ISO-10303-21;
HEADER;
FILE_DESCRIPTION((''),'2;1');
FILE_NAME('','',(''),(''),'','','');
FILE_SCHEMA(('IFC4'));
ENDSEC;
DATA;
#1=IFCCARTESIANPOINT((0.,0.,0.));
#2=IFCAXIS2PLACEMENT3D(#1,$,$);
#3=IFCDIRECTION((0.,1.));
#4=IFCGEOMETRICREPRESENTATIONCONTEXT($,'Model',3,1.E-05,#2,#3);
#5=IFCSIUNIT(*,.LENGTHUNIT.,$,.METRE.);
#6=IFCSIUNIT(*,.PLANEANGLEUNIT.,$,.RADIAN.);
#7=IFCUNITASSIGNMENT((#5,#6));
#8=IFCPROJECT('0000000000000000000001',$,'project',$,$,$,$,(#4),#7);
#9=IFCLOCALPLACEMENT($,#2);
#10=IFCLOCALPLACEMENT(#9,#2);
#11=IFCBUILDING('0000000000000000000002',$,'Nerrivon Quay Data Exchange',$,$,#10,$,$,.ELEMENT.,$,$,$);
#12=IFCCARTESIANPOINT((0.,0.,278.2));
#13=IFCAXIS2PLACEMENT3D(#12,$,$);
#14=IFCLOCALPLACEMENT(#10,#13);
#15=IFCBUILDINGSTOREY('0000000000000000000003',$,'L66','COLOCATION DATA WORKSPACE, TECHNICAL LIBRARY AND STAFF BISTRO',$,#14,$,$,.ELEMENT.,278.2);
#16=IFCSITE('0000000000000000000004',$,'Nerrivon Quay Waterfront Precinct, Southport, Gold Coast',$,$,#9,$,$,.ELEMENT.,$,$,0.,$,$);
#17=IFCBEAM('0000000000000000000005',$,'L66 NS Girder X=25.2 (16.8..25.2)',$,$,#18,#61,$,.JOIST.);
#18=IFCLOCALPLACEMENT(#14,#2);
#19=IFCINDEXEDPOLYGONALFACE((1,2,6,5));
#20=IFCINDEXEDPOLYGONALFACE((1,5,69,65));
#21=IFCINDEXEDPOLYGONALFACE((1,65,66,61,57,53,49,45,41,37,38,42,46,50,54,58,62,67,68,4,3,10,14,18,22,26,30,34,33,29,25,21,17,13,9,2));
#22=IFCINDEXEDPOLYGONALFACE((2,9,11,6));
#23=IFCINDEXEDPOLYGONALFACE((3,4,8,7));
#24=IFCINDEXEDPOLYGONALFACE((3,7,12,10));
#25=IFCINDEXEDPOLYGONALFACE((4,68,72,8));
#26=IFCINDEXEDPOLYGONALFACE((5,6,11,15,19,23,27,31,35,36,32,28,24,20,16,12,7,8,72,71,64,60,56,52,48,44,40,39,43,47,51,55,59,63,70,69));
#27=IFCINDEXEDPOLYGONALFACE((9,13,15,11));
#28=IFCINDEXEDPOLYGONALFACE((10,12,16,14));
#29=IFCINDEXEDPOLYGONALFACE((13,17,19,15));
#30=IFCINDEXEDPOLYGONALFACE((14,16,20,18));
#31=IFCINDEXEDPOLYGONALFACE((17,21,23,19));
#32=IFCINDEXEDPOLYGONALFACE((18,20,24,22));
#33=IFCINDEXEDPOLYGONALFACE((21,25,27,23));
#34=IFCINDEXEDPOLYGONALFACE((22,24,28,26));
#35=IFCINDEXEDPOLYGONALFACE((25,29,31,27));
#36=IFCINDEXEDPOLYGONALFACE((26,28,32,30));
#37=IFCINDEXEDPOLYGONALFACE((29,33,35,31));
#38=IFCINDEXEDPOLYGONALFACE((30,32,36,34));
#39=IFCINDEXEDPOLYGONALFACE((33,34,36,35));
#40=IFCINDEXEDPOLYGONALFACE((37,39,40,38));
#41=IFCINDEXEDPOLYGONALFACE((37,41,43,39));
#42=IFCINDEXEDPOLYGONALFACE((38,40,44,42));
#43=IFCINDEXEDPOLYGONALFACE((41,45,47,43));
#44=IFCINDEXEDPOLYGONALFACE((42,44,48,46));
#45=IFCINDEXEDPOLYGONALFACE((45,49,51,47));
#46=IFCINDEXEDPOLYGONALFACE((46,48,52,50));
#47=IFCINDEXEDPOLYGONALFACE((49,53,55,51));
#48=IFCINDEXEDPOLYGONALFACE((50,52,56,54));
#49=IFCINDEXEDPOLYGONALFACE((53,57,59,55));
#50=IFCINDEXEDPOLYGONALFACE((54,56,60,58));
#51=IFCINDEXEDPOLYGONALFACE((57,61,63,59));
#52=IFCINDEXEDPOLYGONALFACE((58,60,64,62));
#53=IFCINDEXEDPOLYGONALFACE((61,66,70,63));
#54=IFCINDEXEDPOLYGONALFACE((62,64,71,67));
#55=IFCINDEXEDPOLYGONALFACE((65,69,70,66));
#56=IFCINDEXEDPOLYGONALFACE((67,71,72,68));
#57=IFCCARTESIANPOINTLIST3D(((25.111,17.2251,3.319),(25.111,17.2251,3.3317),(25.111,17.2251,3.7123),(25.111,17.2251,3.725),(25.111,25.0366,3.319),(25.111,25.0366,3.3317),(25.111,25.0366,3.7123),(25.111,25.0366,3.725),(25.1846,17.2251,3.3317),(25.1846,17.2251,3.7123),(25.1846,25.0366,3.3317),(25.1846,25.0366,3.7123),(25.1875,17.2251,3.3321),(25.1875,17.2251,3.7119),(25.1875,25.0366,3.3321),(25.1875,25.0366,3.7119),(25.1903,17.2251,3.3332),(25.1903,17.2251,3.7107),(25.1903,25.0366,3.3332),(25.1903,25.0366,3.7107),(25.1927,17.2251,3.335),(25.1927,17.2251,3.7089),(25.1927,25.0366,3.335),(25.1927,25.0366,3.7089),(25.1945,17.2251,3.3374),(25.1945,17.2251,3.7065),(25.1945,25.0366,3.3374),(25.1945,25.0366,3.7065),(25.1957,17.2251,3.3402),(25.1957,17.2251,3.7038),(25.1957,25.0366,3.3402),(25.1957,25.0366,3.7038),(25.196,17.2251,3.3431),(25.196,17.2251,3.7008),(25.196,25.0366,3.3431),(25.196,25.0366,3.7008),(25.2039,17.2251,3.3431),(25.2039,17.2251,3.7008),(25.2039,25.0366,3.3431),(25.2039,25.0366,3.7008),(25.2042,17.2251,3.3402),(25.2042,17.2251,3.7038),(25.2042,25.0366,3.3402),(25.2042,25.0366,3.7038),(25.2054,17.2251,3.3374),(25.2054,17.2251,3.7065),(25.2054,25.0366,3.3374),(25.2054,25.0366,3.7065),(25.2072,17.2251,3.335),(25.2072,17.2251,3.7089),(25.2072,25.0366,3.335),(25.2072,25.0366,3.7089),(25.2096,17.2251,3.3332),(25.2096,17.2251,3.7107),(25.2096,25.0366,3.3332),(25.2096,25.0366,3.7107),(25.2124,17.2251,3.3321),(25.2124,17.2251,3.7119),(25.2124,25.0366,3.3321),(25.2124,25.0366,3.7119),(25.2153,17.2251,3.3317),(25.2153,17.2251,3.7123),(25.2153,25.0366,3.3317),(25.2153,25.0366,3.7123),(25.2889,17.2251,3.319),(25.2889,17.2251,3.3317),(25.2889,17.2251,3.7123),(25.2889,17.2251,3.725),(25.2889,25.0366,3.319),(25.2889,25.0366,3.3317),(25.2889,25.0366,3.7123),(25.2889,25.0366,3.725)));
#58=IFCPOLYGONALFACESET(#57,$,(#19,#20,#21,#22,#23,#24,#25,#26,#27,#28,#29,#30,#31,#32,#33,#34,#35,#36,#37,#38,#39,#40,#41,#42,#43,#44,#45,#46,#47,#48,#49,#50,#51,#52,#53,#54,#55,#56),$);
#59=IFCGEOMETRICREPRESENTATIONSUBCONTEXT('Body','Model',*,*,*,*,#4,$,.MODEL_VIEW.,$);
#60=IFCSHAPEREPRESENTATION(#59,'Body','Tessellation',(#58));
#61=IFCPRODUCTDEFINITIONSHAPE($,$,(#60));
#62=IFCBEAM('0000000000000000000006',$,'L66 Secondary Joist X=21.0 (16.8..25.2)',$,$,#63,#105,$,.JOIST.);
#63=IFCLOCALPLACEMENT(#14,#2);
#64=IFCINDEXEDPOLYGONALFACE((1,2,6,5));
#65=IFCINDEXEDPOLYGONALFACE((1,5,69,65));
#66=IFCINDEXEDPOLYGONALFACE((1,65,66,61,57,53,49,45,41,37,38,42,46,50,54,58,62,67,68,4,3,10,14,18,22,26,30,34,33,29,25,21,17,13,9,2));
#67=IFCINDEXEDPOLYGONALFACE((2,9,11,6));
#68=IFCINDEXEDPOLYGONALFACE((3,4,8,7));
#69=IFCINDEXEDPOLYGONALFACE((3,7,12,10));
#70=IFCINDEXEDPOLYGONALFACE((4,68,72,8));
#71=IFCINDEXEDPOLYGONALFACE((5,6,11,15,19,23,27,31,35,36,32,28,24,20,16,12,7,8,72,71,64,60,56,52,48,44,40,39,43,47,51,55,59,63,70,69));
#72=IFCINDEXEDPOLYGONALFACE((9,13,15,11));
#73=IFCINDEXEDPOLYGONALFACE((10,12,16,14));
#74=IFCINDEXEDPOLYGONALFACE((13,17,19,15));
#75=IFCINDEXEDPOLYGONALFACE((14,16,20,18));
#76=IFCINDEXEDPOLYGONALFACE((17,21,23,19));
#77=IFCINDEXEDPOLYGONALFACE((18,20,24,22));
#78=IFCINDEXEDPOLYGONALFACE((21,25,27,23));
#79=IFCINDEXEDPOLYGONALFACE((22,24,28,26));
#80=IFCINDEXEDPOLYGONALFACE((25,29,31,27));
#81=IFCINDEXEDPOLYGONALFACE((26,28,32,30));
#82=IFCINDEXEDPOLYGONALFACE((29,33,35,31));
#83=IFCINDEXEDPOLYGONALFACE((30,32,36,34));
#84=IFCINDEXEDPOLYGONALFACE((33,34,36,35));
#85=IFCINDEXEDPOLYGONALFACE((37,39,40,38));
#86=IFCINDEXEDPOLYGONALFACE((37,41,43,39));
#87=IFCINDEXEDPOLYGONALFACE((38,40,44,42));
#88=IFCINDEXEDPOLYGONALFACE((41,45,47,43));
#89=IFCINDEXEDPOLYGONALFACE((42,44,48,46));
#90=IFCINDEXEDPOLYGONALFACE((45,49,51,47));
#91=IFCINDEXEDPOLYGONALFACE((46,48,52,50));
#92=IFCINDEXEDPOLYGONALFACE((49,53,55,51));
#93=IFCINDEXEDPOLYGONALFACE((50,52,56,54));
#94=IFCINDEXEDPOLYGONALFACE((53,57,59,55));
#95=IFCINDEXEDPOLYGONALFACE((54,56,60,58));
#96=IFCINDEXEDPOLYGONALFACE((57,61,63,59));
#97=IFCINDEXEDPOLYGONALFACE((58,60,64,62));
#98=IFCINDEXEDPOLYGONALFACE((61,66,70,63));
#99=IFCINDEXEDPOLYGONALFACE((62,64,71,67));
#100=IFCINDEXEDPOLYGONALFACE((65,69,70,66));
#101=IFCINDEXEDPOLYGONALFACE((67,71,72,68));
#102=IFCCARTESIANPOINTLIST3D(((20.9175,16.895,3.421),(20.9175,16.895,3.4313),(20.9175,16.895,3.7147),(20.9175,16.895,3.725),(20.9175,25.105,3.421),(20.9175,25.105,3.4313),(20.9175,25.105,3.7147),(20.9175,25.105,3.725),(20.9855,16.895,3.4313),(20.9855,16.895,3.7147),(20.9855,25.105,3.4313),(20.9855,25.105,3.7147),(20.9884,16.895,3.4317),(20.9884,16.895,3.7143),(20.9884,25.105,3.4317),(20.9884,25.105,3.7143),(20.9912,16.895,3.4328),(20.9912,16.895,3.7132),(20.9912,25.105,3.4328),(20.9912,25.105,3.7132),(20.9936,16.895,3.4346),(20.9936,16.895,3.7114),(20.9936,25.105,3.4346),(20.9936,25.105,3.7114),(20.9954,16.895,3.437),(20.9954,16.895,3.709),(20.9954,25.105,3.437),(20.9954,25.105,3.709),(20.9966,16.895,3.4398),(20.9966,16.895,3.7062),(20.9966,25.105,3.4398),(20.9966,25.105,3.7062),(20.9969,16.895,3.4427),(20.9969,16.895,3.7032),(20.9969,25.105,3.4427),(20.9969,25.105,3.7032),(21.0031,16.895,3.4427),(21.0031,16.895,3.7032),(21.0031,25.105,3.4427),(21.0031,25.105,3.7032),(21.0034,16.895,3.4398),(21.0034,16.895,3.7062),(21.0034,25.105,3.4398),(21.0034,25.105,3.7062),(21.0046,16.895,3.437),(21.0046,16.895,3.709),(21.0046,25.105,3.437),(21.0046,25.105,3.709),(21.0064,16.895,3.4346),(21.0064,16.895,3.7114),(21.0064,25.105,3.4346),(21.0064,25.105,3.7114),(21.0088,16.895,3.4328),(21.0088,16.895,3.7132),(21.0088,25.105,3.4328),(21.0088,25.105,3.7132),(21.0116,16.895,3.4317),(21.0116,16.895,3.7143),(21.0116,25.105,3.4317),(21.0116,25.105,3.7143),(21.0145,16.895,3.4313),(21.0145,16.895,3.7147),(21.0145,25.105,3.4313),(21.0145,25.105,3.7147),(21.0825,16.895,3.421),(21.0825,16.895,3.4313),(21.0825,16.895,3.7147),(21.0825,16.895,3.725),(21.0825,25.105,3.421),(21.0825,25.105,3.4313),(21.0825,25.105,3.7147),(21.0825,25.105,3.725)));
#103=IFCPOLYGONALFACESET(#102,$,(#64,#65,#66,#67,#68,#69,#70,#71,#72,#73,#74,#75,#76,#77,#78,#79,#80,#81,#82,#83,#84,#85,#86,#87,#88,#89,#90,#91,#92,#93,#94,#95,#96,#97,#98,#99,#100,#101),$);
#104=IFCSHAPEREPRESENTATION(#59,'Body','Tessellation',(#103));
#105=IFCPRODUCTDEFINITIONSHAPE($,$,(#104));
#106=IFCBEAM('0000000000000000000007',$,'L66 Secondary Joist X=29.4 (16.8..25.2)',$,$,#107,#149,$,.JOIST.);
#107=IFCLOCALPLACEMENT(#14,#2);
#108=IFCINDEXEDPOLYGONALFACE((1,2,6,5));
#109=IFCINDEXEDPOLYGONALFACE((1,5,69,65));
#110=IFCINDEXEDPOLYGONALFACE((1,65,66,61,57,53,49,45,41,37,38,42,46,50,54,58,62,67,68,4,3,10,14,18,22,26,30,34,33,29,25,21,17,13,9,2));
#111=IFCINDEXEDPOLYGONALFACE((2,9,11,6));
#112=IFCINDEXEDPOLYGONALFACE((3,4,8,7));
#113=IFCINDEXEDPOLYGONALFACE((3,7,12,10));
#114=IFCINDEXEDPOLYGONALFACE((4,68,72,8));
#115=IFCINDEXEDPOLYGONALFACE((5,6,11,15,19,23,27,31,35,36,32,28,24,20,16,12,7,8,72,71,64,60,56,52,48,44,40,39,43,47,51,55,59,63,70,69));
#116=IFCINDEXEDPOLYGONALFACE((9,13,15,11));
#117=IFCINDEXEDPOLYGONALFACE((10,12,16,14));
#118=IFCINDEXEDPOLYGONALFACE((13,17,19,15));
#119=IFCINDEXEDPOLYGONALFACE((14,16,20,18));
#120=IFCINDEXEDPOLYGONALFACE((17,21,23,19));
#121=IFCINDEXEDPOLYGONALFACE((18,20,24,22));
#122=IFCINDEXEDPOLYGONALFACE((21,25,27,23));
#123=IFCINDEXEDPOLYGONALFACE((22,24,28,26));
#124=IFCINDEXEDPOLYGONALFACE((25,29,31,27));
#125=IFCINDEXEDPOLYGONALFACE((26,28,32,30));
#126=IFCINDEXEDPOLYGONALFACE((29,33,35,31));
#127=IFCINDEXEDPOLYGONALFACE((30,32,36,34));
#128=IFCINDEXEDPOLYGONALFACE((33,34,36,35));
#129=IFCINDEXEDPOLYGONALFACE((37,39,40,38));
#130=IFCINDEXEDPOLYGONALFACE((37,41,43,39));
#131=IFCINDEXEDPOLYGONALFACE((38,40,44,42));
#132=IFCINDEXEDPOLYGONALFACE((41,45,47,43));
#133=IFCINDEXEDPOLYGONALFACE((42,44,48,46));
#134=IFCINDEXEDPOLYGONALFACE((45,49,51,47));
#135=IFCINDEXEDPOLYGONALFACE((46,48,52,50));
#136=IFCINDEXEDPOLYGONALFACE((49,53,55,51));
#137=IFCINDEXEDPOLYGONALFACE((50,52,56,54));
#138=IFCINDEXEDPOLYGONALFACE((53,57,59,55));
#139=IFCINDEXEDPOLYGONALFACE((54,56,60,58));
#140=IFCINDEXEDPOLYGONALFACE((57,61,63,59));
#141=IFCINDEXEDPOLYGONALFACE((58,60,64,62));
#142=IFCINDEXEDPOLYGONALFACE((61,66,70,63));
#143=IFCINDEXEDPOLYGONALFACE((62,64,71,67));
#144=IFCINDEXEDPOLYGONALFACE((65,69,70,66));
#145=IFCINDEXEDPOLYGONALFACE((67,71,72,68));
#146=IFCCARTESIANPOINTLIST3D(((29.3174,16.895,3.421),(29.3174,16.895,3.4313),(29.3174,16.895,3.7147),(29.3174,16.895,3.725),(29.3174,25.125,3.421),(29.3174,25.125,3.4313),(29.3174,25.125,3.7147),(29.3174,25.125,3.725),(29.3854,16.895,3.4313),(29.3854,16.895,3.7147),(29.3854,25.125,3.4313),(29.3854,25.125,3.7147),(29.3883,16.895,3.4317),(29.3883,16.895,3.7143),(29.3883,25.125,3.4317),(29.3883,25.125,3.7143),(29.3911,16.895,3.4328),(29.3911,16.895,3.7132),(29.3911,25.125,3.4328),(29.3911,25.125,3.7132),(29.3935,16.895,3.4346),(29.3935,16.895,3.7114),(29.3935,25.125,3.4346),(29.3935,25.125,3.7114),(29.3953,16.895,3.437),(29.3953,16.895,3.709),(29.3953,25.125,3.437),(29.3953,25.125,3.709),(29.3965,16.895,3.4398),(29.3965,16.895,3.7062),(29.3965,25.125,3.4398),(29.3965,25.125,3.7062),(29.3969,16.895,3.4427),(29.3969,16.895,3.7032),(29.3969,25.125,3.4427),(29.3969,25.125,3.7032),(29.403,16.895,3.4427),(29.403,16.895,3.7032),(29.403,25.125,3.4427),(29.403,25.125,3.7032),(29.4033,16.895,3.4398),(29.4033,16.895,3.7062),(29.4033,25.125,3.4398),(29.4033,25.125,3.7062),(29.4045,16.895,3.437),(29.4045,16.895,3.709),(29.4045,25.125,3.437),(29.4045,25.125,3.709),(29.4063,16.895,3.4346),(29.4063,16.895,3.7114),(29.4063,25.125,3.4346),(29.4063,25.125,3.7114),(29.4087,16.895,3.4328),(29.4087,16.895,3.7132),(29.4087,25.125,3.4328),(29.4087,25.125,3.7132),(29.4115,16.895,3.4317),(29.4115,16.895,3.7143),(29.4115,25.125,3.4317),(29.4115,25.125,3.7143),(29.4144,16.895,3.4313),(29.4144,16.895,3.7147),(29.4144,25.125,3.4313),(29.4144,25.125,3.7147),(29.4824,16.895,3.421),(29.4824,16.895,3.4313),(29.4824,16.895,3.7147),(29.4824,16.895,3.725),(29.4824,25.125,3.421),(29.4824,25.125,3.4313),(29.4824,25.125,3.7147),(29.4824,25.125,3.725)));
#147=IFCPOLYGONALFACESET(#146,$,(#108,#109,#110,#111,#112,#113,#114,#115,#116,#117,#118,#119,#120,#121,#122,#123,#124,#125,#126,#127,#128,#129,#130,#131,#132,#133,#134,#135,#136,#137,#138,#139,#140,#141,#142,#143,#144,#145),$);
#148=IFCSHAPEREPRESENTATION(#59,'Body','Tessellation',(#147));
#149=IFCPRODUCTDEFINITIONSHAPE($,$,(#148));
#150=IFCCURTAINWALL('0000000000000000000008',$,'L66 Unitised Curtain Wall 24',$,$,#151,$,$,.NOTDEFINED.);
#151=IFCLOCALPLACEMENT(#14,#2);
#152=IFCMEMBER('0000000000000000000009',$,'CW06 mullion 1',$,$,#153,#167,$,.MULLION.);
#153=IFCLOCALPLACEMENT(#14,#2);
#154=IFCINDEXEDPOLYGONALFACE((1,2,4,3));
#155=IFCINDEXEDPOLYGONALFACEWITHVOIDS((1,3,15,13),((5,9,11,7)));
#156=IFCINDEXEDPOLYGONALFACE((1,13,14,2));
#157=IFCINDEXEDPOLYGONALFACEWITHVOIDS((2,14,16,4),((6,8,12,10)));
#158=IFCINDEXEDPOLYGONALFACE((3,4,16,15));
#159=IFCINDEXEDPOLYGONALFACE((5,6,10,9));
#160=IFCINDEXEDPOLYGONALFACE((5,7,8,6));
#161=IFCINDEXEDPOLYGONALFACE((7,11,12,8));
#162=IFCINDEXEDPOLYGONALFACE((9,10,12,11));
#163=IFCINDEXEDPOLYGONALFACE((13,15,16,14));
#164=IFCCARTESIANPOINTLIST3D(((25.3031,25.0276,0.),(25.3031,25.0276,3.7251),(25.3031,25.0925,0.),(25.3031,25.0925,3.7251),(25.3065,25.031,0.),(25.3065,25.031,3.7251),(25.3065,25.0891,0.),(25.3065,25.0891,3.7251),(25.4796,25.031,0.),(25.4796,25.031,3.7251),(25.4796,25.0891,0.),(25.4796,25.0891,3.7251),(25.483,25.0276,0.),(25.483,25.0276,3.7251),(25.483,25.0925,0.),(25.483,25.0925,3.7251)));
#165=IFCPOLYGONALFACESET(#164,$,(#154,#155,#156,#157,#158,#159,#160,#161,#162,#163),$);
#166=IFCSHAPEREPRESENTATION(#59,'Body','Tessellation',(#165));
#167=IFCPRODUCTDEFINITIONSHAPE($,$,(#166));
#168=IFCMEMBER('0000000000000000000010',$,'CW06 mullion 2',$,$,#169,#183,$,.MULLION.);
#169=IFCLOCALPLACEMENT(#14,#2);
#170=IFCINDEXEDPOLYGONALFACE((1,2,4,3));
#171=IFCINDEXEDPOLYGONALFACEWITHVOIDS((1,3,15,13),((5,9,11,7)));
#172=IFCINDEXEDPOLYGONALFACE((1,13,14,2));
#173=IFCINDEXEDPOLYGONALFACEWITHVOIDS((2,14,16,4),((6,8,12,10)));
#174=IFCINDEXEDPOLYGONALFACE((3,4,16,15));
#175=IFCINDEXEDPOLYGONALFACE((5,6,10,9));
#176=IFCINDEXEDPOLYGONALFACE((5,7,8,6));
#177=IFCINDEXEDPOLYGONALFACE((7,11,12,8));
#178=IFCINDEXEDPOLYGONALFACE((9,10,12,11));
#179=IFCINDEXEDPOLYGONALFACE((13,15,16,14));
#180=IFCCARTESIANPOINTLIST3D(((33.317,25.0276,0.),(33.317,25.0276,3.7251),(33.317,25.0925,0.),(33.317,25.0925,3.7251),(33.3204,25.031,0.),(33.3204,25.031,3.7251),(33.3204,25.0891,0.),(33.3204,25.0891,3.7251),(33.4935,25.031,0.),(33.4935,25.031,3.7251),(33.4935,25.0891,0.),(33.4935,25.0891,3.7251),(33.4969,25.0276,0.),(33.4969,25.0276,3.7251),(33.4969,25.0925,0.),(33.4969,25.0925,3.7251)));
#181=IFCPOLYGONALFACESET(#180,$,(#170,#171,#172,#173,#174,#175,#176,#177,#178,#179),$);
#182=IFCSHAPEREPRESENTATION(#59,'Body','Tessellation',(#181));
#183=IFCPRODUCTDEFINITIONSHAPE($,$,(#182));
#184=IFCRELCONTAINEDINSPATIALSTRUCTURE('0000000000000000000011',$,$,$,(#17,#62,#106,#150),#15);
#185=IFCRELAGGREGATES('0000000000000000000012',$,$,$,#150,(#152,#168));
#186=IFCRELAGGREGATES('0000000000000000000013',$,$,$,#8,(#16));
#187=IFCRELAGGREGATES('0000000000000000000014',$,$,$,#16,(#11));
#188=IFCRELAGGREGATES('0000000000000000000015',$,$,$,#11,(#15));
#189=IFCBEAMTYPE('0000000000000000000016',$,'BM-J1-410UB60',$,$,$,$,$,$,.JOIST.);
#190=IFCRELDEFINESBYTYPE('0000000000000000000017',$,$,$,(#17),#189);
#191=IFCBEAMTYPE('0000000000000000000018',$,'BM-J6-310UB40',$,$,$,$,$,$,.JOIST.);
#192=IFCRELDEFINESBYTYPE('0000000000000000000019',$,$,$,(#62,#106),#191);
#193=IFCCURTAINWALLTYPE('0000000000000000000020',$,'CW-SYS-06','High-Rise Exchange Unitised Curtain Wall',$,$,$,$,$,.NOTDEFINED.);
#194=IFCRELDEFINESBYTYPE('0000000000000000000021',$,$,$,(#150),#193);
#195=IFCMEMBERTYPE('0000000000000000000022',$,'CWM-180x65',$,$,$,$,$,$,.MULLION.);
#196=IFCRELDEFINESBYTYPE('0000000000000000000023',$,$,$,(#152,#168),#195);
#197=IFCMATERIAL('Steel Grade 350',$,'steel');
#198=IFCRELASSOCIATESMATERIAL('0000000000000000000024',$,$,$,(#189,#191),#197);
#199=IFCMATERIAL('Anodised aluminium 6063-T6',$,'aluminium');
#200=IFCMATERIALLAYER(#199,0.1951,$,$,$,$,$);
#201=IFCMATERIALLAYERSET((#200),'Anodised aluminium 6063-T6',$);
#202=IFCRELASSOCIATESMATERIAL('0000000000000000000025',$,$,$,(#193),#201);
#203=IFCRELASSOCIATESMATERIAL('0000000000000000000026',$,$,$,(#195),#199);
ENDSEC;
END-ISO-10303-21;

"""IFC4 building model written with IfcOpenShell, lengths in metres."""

from ifc_helpers import new_model, si_unit, direction, frame, origin, origin_2d, place, context, subcontext, project, spatial, hollow_rectangle, i_section, extrude, material, layer, layer_set, material_profile, profile_set, type_object, element, aggregate, save


model = new_model("IFC4")

# Units and contexts
model_context = context("Model", 3, precision=1e-05, world=origin(), true_north=direction((0.0, 1.0)))
body_context = subcontext(model_context, "Body", "Model", "MODEL_VIEW")
ifc_project = project(units=[si_unit("LENGTHUNIT", "METRE"), si_unit("PLANEANGLEUNIT", "RADIAN")], contexts=[model_context])

# Site, building, storey
site_placement = place(None, origin())
site = spatial("IfcSite", under=ifc_project, at=site_placement, Name="Nerrivon Quay Waterfront Precinct, Southport, Gold Coast", CompositionType="ELEMENT", RefElevation=0.0)
building_placement = place(site_placement, origin())
building = spatial("IfcBuilding", under=site, at=building_placement, Name="Nerrivon Quay Data Exchange", CompositionType="ELEMENT")
storey_placement = place(building_placement, frame((0.0, 0.0, 278.2)))
storey = spatial("IfcBuildingStorey", under=building, at=storey_placement, Name="L66", Description="COLOCATION DATA WORKSPACE, TECHNICAL LIBRARY AND STAFF BISTRO", CompositionType="ELEMENT", Elevation=278.2)

# Beams
ifc_material_1 = material(Name="Steel Grade 350", Category="steel")
ifc_material_profile_1 = material_profile(ifc_material_1, i_section(OverallWidth=0.178, OverallDepth=0.406, WebThickness=0.0078, FlangeThickness=0.0127, FilletRadius=0.0115, at=origin_2d()), Name="410UB59.7")
ifc_profile_set_1 = profile_set([ifc_material_profile_1], Name="Steel Grade 350")
beam_type_1 = type_object("IfcBeamType", Name="BM-J1-410UB60", PredefinedType="JOIST", material=ifc_profile_set_1)
beam_1_placement = place(storey_placement, frame((25.2, 17.2251, 3.522), z_axis=(0.0, 1.0, 0.0), x_axis=(-1.0, 0.0, 0.0)))
element("IfcBeam", 1, at=beam_1_placement, inside=storey, type_object=beam_type_1, Name="L66 NS Girder X=25.2 (16.8..25.2)", PredefinedType="JOIST", context=body_context, shape_type="SweptSolid", body=[
    extrude(i_section(OverallWidth=0.178, OverallDepth=0.406, WebThickness=0.0078, FlangeThickness=0.0127, FilletRadius=0.0115, at=origin_2d()), origin(), (0.0, 0.0, 1.0), 7.8115),
])
ifc_material_profile_2 = material_profile(ifc_material_1, i_section(OverallWidth=0.165, OverallDepth=0.304, WebThickness=0.0061, FlangeThickness=0.0103, FilletRadius=0.0115, at=origin_2d()), Name="310UB40.4")
ifc_profile_set_2 = profile_set([ifc_material_profile_2], Name="Steel Grade 350")
beam_type_2 = type_object("IfcBeamType", Name="BM-J6-310UB40", PredefinedType="JOIST", material=ifc_profile_set_2)
beam_2_placement = place(storey_placement, frame((21.0, 16.895, 3.573), z_axis=(0.0, 1.0, 0.0), x_axis=(-1.0, 0.0, 0.0)))
element("IfcBeam", 2, at=beam_2_placement, inside=storey, type_object=beam_type_2, Name="L66 Secondary Joist X=21.0 (16.8..25.2)", PredefinedType="JOIST", context=body_context, shape_type="SweptSolid", body=[
    extrude(i_section(OverallWidth=0.165, OverallDepth=0.304, WebThickness=0.0061, FlangeThickness=0.0103, FilletRadius=0.0115, at=origin_2d()), origin(), (0.0, 0.0, 1.0), 8.21),
])
beam_3_placement = place(storey_placement, frame((29.3999, 16.895, 3.573), z_axis=(0.0, 1.0, 0.0), x_axis=(-1.0, 0.0, 0.0)))
element("IfcBeam", 3, at=beam_3_placement, inside=storey, type_object=beam_type_2, Name="L66 Secondary Joist X=29.4 (16.8..25.2)", PredefinedType="JOIST", context=body_context, shape_type="SweptSolid", body=[
    extrude(i_section(OverallWidth=0.165, OverallDepth=0.304, WebThickness=0.0061, FlangeThickness=0.0103, FilletRadius=0.0115, at=origin_2d()), origin(), (0.0, 0.0, 1.0), 8.23),
])

# Curtain wall, members
ifc_material_2 = material(Name="Anodised aluminium 6063-T6", Category="aluminium")
ifc_layer_1 = layer(ifc_material_2, 0.1951)
ifc_layer_set_1 = layer_set([ifc_layer_1], Name="Anodised aluminium 6063-T6")
curtain_wall_type = type_object("IfcCurtainWallType", Name="CW-SYS-06", Description="High-Rise Exchange Unitised Curtain Wall", PredefinedType="NOTDEFINED", material=ifc_layer_set_1)
curtain_wall_placement = place(storey_placement, origin())
curtain_wall = element("IfcCurtainWall", 4, at=curtain_wall_placement, inside=storey, type_object=curtain_wall_type, Name="L66 Unitised Curtain Wall 24", PredefinedType="NOTDEFINED")
ifc_material_profile_3 = material_profile(ifc_material_2, hollow_rectangle(XDim=0.0649, YDim=0.1799, WallThickness=0.0034, at=origin_2d()), Name="ALU-MULL-180x65")
ifc_profile_set_3 = profile_set([ifc_material_profile_3], Name="Anodised aluminium 6063-T6")
member_type_1 = type_object("IfcMemberType", Name="CWM-180x65", PredefinedType="MULLION", material=ifc_profile_set_3)
member_1_placement = place(storey_placement, frame((25.3931, 25.0601, 0.0), z_axis=(0.0, 0.0, 1.0), x_axis=(0.0, 1.0, 0.0)))
member_1 = element("IfcMember", 5, at=member_1_placement, type_object=member_type_1, Name="CW06 mullion 1", PredefinedType="MULLION", context=body_context, shape_type="SweptSolid", body=[
    extrude(hollow_rectangle(XDim=0.0649, YDim=0.1799, WallThickness=0.0034, at=origin_2d()), origin(), (0.0, 0.0, 1.0), 3.7251),
])
member_2_placement = place(storey_placement, frame((33.407, 25.0601, 0.0), z_axis=(0.0, 0.0, 1.0), x_axis=(0.0, 1.0, 0.0)))
member_2 = element("IfcMember", 6, at=member_2_placement, type_object=member_type_1, Name="CW06 mullion 2", PredefinedType="MULLION", context=body_context, shape_type="SweptSolid", body=[
    extrude(hollow_rectangle(XDim=0.0649, YDim=0.1799, WallThickness=0.0034, at=origin_2d()), origin(), (0.0, 0.0, 1.0), 3.7251),
])
aggregate(curtain_wall, [member_1, member_2])

save(model, "model.ifc")
